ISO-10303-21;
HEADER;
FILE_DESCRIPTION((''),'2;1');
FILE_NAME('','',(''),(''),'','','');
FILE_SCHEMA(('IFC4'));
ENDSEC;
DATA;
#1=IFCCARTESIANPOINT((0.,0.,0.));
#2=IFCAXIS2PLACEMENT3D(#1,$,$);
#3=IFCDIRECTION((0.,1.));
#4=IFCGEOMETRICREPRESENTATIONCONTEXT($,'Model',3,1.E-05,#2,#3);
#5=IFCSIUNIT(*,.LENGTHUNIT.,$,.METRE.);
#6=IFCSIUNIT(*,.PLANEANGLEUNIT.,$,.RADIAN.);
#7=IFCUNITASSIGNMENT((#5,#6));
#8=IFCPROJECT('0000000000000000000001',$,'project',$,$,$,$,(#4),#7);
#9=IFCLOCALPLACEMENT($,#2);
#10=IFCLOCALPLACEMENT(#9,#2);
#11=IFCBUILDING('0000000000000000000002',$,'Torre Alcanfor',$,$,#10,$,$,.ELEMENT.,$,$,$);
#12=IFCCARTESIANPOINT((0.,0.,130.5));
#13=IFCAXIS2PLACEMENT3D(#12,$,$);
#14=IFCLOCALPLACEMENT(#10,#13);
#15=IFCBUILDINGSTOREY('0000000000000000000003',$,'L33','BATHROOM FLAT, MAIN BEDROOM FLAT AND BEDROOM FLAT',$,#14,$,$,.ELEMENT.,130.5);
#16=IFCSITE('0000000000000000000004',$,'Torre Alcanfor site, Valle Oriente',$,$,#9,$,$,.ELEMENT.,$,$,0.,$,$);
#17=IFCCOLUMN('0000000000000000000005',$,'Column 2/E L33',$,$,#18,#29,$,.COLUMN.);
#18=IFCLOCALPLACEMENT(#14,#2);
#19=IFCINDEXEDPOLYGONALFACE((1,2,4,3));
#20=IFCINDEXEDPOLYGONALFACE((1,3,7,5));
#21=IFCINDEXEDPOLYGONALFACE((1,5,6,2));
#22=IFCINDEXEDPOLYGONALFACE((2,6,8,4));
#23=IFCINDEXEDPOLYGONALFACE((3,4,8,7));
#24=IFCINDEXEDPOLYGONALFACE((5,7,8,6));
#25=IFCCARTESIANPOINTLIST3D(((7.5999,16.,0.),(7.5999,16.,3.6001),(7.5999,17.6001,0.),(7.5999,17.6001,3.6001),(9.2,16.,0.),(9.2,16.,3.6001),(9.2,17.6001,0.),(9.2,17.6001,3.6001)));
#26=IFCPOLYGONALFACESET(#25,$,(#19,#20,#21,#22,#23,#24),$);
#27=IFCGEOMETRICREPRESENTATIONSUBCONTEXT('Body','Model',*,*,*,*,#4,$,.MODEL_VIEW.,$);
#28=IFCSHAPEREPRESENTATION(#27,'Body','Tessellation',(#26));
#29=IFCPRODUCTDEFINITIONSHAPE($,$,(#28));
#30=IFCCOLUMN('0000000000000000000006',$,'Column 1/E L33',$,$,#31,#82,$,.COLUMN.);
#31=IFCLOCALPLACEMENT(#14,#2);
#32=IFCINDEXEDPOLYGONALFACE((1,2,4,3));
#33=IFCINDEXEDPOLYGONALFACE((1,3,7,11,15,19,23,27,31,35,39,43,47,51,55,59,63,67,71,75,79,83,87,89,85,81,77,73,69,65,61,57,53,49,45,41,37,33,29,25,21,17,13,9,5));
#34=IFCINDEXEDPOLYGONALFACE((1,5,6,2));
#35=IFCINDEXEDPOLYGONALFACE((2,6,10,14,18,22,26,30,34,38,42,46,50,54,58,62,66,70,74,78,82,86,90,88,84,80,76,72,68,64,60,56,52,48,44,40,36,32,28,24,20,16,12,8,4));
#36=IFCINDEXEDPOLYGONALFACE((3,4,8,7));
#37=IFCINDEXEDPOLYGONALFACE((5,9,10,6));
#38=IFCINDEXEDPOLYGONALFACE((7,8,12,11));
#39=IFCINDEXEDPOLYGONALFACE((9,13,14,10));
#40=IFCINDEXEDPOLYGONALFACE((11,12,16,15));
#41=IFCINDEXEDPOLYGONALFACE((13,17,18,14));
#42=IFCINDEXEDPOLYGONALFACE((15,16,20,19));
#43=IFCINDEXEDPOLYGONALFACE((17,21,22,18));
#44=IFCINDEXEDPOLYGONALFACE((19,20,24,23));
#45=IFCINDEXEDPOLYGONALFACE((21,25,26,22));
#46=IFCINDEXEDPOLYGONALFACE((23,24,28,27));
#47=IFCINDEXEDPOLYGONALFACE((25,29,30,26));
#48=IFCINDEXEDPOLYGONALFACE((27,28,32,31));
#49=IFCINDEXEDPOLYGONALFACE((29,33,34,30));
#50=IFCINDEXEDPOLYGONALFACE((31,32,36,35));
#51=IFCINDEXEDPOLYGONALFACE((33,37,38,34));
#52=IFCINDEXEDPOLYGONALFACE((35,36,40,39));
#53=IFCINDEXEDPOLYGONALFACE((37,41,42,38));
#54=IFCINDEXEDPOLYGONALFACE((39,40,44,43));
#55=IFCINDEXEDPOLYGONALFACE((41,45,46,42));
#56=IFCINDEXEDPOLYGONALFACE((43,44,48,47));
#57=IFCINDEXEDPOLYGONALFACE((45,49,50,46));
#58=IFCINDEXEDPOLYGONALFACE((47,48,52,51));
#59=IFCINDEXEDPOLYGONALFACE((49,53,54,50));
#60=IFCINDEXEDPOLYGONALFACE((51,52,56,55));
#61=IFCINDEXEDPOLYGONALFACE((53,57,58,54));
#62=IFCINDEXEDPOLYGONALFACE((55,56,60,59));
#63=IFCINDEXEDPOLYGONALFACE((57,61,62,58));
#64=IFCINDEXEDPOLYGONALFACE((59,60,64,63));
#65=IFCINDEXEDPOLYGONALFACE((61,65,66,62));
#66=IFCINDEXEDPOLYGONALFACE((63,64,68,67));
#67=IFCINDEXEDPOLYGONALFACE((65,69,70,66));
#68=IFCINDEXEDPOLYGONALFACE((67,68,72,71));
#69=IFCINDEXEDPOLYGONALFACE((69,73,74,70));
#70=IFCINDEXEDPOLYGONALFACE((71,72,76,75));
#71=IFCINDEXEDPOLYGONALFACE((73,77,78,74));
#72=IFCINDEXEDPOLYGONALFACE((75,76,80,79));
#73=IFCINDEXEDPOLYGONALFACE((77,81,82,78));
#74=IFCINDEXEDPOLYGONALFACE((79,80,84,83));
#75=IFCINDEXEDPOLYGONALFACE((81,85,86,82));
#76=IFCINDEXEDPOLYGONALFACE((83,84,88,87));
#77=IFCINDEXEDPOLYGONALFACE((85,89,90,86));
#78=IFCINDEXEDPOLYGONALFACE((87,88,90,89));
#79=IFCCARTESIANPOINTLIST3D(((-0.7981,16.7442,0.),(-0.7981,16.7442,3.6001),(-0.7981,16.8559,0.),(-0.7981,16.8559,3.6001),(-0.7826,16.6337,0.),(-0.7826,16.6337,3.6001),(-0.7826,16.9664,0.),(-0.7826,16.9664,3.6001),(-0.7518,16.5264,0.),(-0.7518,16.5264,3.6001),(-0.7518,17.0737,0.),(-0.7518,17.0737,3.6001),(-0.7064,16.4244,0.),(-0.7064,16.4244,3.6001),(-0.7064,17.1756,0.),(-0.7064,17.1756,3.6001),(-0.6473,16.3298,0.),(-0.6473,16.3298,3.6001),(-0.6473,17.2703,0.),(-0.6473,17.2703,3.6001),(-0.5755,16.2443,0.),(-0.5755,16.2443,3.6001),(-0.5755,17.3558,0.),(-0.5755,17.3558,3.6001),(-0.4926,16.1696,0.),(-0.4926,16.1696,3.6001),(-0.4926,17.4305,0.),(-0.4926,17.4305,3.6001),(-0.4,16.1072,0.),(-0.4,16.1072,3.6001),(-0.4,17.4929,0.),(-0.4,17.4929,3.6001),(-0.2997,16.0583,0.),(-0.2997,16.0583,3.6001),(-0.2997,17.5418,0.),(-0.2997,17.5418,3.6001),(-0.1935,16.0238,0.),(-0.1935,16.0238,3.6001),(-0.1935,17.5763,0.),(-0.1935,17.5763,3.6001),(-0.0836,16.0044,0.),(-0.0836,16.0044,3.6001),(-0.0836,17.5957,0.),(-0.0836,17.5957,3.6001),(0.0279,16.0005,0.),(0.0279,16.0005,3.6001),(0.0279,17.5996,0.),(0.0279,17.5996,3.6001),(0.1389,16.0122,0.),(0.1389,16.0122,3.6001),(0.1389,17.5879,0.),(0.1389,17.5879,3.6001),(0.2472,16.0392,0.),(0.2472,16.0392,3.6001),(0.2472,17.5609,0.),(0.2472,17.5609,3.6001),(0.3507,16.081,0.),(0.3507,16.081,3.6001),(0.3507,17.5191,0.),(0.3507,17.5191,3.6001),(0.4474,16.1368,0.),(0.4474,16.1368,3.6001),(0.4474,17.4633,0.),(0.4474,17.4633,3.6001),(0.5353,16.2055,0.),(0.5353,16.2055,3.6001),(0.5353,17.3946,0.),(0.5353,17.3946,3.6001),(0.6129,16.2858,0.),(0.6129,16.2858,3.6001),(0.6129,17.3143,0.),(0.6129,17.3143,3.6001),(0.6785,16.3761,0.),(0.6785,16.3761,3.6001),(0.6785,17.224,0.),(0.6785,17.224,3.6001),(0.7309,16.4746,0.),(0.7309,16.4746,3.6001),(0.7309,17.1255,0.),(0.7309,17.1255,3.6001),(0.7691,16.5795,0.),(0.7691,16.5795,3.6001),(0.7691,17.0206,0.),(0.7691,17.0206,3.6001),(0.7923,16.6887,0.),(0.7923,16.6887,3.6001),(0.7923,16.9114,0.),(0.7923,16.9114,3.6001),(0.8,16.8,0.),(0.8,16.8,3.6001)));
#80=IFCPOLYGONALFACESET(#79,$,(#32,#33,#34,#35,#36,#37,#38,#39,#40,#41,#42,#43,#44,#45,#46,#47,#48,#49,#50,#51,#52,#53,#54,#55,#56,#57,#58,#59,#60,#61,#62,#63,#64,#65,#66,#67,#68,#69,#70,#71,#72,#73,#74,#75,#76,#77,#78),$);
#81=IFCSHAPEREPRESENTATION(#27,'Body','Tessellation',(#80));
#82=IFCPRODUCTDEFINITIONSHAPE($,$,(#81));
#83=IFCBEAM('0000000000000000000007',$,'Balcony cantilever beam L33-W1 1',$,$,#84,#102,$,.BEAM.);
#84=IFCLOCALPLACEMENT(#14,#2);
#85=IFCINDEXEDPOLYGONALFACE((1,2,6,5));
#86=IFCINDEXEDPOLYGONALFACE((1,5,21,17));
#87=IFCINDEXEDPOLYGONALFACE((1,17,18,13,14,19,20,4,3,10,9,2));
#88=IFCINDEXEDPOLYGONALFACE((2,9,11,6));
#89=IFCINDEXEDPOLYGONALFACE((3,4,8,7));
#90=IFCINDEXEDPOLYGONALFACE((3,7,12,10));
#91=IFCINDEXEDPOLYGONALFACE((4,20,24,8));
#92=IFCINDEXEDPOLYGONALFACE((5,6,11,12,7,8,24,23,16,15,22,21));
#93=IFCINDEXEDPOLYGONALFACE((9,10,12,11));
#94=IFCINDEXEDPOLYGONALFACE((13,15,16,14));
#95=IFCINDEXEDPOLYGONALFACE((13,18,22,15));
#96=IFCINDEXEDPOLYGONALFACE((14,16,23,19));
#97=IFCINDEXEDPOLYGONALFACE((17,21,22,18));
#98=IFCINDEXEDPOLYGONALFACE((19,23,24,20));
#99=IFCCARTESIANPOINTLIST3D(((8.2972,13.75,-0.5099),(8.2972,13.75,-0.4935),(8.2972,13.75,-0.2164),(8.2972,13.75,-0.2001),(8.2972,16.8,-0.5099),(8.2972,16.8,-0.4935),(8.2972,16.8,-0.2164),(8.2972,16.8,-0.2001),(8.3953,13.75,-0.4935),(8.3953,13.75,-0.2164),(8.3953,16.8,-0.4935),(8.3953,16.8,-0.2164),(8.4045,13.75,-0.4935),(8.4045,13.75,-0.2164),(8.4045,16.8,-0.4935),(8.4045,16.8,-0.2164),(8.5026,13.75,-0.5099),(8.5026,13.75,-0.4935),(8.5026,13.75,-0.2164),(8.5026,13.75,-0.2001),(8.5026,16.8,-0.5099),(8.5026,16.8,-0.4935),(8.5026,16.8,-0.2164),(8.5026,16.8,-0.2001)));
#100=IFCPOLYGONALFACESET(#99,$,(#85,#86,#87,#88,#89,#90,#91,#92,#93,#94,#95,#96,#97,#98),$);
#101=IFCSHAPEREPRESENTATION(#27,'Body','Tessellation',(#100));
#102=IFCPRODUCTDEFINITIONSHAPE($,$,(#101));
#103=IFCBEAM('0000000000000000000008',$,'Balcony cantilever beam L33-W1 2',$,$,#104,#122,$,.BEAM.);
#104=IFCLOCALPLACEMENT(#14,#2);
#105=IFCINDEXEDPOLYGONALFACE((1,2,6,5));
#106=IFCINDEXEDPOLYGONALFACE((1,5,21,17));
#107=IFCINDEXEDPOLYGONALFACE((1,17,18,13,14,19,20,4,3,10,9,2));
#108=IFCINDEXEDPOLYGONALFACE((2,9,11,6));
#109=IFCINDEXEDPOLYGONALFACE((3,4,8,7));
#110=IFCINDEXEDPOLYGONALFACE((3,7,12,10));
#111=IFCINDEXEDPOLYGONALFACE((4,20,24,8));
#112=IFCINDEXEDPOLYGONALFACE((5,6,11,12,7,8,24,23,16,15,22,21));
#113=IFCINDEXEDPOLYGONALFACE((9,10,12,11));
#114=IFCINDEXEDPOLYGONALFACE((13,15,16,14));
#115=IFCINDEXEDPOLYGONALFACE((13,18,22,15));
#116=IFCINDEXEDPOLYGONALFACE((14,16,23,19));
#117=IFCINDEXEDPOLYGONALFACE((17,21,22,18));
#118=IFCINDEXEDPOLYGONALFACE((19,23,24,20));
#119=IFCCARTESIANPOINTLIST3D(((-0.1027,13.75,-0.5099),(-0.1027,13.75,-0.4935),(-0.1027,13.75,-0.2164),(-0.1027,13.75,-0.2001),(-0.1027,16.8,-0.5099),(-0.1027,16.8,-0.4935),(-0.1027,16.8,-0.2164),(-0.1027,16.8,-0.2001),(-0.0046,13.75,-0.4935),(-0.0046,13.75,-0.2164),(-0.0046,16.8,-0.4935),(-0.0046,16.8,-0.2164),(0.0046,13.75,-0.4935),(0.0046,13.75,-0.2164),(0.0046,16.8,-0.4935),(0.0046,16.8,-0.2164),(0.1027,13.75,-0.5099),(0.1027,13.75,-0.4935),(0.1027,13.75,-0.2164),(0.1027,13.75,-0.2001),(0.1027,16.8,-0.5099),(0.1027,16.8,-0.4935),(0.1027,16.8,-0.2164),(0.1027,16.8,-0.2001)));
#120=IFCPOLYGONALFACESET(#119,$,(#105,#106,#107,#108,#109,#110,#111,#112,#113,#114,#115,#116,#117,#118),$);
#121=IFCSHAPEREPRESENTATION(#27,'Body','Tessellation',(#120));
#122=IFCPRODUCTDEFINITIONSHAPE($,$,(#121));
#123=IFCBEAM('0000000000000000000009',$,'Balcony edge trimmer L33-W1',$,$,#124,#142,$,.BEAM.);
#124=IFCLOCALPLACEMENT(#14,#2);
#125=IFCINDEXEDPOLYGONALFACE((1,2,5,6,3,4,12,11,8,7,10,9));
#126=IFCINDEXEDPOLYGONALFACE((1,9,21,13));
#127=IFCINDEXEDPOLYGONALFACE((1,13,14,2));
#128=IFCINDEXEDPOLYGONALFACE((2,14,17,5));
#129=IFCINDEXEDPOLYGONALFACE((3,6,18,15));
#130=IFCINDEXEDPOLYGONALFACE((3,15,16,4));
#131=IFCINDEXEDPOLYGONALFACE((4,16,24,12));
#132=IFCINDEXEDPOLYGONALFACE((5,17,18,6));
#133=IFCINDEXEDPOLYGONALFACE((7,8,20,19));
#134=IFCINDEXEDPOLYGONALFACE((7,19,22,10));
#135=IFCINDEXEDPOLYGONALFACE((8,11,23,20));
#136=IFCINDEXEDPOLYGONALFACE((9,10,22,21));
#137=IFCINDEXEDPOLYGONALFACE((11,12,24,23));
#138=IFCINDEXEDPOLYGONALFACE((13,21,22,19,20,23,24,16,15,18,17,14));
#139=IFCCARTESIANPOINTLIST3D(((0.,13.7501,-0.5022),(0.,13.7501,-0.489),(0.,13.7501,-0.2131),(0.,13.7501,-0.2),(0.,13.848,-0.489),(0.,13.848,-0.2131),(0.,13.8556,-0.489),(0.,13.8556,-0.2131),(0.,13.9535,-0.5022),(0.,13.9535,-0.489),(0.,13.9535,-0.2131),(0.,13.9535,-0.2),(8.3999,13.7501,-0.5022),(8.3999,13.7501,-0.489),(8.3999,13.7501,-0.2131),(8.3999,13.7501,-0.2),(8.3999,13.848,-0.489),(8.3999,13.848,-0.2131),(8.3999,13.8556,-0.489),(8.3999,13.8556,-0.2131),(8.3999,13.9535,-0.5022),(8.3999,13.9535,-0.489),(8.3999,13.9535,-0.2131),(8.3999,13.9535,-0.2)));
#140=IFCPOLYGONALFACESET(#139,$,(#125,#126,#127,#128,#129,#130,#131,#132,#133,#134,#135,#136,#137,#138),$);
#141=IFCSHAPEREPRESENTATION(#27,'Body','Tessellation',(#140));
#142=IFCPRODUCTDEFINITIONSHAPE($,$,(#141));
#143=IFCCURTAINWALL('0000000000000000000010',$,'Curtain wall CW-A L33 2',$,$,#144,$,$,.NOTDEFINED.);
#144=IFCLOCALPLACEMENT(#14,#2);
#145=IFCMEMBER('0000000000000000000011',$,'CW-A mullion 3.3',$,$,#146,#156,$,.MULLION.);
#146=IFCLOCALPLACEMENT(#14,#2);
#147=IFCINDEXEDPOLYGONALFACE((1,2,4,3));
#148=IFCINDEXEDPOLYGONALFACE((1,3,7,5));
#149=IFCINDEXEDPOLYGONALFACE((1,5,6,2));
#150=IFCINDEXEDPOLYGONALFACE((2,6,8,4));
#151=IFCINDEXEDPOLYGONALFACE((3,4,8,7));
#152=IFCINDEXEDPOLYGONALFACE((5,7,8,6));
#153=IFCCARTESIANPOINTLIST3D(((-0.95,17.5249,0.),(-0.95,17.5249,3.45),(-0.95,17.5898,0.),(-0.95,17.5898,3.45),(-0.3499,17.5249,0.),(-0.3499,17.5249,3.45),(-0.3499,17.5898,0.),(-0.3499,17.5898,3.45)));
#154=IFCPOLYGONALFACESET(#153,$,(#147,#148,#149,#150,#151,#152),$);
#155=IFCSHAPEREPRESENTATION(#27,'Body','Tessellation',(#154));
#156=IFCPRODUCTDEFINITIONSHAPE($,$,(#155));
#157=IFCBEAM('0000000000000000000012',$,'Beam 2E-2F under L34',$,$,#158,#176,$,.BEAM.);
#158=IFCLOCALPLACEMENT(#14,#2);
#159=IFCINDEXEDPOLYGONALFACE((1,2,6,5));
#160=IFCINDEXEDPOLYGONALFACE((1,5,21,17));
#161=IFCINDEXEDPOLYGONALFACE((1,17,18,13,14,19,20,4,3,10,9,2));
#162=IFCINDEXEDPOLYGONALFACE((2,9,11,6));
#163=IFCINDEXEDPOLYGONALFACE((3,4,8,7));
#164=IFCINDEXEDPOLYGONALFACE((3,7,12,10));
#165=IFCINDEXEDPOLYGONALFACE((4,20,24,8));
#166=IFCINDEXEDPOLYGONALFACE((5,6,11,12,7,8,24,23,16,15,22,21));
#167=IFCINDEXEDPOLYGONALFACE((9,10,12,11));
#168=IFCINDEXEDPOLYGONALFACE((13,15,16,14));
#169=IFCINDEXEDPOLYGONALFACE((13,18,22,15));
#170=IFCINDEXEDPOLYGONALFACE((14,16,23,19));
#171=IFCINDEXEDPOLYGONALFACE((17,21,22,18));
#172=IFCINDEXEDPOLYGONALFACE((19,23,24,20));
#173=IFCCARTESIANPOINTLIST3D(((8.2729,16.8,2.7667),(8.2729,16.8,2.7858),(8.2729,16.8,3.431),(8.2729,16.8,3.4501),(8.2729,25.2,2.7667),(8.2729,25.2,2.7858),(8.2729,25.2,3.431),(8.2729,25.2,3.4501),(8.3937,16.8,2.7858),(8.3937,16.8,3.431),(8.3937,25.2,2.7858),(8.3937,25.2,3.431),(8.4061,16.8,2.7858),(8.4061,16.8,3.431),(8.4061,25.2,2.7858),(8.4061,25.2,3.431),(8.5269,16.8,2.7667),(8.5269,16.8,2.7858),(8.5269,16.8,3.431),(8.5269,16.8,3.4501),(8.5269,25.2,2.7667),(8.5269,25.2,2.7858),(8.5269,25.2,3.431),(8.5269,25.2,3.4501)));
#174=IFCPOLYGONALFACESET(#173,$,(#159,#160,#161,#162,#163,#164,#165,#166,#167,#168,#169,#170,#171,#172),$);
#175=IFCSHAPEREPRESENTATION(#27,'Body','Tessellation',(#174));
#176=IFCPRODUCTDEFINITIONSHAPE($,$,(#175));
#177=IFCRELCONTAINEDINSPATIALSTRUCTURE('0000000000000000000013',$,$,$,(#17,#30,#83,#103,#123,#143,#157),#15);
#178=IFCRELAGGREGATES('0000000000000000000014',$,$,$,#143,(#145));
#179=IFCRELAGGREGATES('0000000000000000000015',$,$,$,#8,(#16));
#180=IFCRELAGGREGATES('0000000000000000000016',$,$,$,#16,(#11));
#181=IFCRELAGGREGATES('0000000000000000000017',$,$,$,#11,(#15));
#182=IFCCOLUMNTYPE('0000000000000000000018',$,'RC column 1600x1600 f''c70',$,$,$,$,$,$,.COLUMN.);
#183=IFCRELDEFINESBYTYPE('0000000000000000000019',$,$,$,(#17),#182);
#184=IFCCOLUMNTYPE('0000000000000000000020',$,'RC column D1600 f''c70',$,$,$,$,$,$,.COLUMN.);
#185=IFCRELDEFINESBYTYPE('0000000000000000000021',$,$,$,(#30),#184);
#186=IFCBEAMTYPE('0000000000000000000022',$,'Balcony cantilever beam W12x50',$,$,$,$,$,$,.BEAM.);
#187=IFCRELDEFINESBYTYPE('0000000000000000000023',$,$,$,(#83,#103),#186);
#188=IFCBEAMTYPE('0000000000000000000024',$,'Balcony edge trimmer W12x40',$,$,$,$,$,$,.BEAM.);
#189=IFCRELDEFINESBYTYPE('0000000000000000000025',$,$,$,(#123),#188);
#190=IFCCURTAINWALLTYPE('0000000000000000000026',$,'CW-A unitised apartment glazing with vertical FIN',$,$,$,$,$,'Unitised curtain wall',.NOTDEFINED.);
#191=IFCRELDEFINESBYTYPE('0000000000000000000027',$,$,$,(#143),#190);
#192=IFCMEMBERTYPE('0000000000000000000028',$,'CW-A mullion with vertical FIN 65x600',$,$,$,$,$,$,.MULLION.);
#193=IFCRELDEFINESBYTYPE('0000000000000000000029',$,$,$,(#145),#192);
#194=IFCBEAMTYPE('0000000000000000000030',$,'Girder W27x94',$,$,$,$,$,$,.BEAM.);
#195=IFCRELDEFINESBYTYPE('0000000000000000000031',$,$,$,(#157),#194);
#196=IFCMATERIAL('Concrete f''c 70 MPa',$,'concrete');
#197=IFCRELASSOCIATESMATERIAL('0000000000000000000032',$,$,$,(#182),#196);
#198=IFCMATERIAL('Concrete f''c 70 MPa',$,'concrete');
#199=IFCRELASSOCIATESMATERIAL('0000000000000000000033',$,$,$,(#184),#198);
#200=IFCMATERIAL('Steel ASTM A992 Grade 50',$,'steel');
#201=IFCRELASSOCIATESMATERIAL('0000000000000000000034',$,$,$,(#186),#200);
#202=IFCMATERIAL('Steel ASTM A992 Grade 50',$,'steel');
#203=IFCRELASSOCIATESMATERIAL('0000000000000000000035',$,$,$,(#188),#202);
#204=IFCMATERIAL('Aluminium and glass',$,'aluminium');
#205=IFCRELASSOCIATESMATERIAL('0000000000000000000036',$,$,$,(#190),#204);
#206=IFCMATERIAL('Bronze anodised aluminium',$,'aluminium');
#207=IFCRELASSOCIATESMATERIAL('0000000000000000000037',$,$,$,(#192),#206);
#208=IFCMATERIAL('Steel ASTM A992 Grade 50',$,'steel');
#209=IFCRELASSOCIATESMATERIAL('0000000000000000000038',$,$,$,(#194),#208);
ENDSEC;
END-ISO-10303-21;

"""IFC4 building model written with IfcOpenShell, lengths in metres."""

from ifc_helpers import new_model, si_unit, direction, frame, origin, origin_2d, place, context, subcontext, project, spatial, rectangle, circle, i_section, extrude, material, material_profile, profile_set, type_object, element, aggregate, save


model = new_model("IFC4")

# Units and contexts
model_context = context("Model", 3, precision=1e-05, world=origin(), true_north=direction((0.0, 1.0)))
body_context = subcontext(model_context, "Body", "Model", "MODEL_VIEW")
ifc_project = project(units=[si_unit("LENGTHUNIT", "METRE"), si_unit("PLANEANGLEUNIT", "RADIAN")], contexts=[model_context])

# Site, building, storey
site_placement = place(None, origin())
site = spatial("IfcSite", under=ifc_project, at=site_placement, Name="Torre Alcanfor site, Valle Oriente", CompositionType="ELEMENT", RefElevation=0.0)
building_placement = place(site_placement, origin())
building = spatial("IfcBuilding", under=site, at=building_placement, Name="Torre Alcanfor", CompositionType="ELEMENT")
storey_placement = place(building_placement, frame((0.0, 0.0, 130.5)))
storey = spatial("IfcBuildingStorey", under=building, at=storey_placement, Name="L33", Description="BATHROOM FLAT, MAIN BEDROOM FLAT AND BEDROOM FLAT", CompositionType="ELEMENT", Elevation=130.5)

# Columns
ifc_material_1 = material(Name="Concrete f'c 70 MPa", Category="concrete")
ifc_material_profile_1 = material_profile(ifc_material_1, rectangle(XDim=1.6001, YDim=1.6001, at=origin_2d()), Name="1600x1600")
ifc_profile_set_1 = profile_set([ifc_material_profile_1], Name="Concrete f'c 70 MPa")
column_type_1 = type_object("IfcColumnType", Name="RC column 1600x1600 f'c70", PredefinedType="COLUMN", material=ifc_profile_set_1)
column_1_placement = place(storey_placement, frame((8.3999, 16.8, 0.0), z_axis=(0.0, 0.0, 1.0), x_axis=(1.0, 0.0, 0.0)))
element("IfcColumn", 1, at=column_1_placement, inside=storey, type_object=column_type_1, Name="Column 2/E L33", PredefinedType="COLUMN", context=body_context, shape_type="SweptSolid", body=[
    extrude(rectangle(XDim=1.6001, YDim=1.6001, at=origin_2d()), origin(), (0.0, 0.0, 1.0), 3.6001),
])
ifc_material_2 = material(Name="Concrete f'c 70 MPa", Category="concrete")
ifc_material_profile_2 = material_profile(ifc_material_2, circle(Radius=0.8, at=origin_2d()), Name="D1600")
ifc_profile_set_2 = profile_set([ifc_material_profile_2], Name="Concrete f'c 70 MPa")
column_type_2 = type_object("IfcColumnType", Name="RC column D1600 f'c70", PredefinedType="COLUMN", material=ifc_profile_set_2)
column_2_placement = place(storey_placement, frame((0.0, 16.8, 0.0), z_axis=(0.0, 0.0, 1.0), x_axis=(1.0, 0.0, 0.0)))
element("IfcColumn", 2, at=column_2_placement, inside=storey, type_object=column_type_2, Name="Column 1/E L33", PredefinedType="COLUMN", context=body_context, shape_type="SweptSolid", body=[
    extrude(circle(Radius=0.8, at=origin_2d()), origin(), (0.0, 0.0, 1.0), 3.6001),
])

# Beams
ifc_material_3 = material(Name="Steel ASTM A992 Grade 50", Category="steel")
ifc_material_profile_3 = material_profile(ifc_material_3, i_section(OverallWidth=0.2053, OverallDepth=0.3098, WebThickness=0.0093, FlangeThickness=0.0164, at=origin_2d()), Name="W12x50")
ifc_profile_set_3 = profile_set([ifc_material_profile_3], Name="Steel ASTM A992 Grade 50")
beam_type_1 = type_object("IfcBeamType", Name="Balcony cantilever beam W12x50", PredefinedType="BEAM", material=ifc_profile_set_3)
for number, where, z_axis, x_axis, name in (
    (3, (8.3999, 16.8, -0.355), (0.0, -1.0, 0.0), (1.0, 0.0, 0.0), "Balcony cantilever beam L33-W1 1"),
    (4, (0.0, 16.8, -0.355), (0.0, -1.0, 0.0), (1.0, 0.0, 0.0), "Balcony cantilever beam L33-W1 2"),
):
    element("IfcBeam", number, at=place(storey_placement, frame(where, z_axis=z_axis, x_axis=x_axis)), inside=storey, type_object=beam_type_1, Name=name, PredefinedType="BEAM", context=body_context, shape_type="SweptSolid", body=[
        extrude(i_section(OverallWidth=0.2053, OverallDepth=0.3098, WebThickness=0.0093, FlangeThickness=0.0164, at=origin_2d()), origin(), (0.0, 0.0, 1.0), 3.05),
    ])
ifc_material_4 = material(Name="Steel ASTM A992 Grade 50", Category="steel")
ifc_material_profile_4 = material_profile(ifc_material_4, i_section(OverallWidth=0.2034, OverallDepth=0.3022, WebThickness=0.0076, FlangeThickness=0.0132, at=origin_2d()), Name="W12x40")
ifc_profile_set_4 = profile_set([ifc_material_profile_4], Name="Steel ASTM A992 Grade 50")
beam_type_2 = type_object("IfcBeamType", Name="Balcony edge trimmer W12x40", PredefinedType="BEAM", material=ifc_profile_set_4)
beam_1_placement = place(storey_placement, frame((8.3999, 13.8518, -0.3511), z_axis=(-1.0, 0.0, 0.0), x_axis=(0.0, -1.0, 0.0)))
element("IfcBeam", 5, at=beam_1_placement, inside=storey, type_object=beam_type_2, Name="Balcony edge trimmer L33-W1", PredefinedType="BEAM", context=body_context, shape_type="SweptSolid", body=[
    extrude(i_section(OverallWidth=0.2034, OverallDepth=0.3022, WebThickness=0.0076, FlangeThickness=0.0132, at=origin_2d()), origin(), (0.0, 0.0, 1.0), 8.3999),
])

# Curtain wall, member
ifc_material_5 = material(Name="Aluminium and glass", Category="aluminium")
curtain_wall_type = type_object("IfcCurtainWallType", Name="CW-A unitised apartment glazing with vertical FIN", ElementType="Unitised curtain wall", PredefinedType="NOTDEFINED", material=ifc_material_5)
curtain_wall_placement = place(storey_placement, origin())
curtain_wall = element("IfcCurtainWall", 6, at=curtain_wall_placement, inside=storey, type_object=curtain_wall_type, Name="Curtain wall CW-A L33 2", PredefinedType="NOTDEFINED")
ifc_material_6 = material(Name="Bronze anodised aluminium", Category="aluminium")
ifc_material_profile_5 = material_profile(ifc_material_6, rectangle(XDim=0.6001, YDim=0.0649, at=origin_2d()), Name="CW-A mullion 65x600")
ifc_profile_set_5 = profile_set([ifc_material_profile_5], Name="Bronze anodised aluminium")
member_type = type_object("IfcMemberType", Name="CW-A mullion with vertical FIN 65x600", PredefinedType="MULLION", material=ifc_profile_set_5)
member_placement = place(storey_placement, frame((-0.6499, 17.5574, 0.0), z_axis=(0.0, 0.0, 1.0), x_axis=(1.0, 0.0, 0.0)))
member = element("IfcMember", 7, at=member_placement, type_object=member_type, Name="CW-A mullion 3.3", PredefinedType="MULLION", context=body_context, shape_type="SweptSolid", body=[
    extrude(rectangle(XDim=0.6001, YDim=0.0649, at=origin_2d()), origin(), (0.0, 0.0, 1.0), 3.45),
])

# Beam
ifc_material_7 = material(Name="Steel ASTM A992 Grade 50", Category="steel")
ifc_material_profile_6 = material_profile(ifc_material_7, i_section(OverallWidth=0.2539, OverallDepth=0.6833, WebThickness=0.0125, FlangeThickness=0.019, at=origin_2d()), Name="W27x94")
ifc_profile_set_6 = profile_set([ifc_material_profile_6], Name="Steel ASTM A992 Grade 50")
beam_type_3 = type_object("IfcBeamType", Name="Girder W27x94", PredefinedType="BEAM", material=ifc_profile_set_6)
beam_2_placement = place(storey_placement, frame((8.3999, 16.8, 3.1084), z_axis=(0.0, 1.0, 0.0), x_axis=(-1.0, 0.0, 0.0)))
element("IfcBeam", 8, at=beam_2_placement, inside=storey, type_object=beam_type_3, Name="Beam 2E-2F under L34", PredefinedType="BEAM", context=body_context, shape_type="SweptSolid", body=[
    extrude(i_section(OverallWidth=0.2539, OverallDepth=0.6833, WebThickness=0.0125, FlangeThickness=0.019, at=origin_2d()), origin(), (0.0, 0.0, 1.0), 8.3999),
])

aggregate(curtain_wall, [member])

save(model, "model.ifc")
